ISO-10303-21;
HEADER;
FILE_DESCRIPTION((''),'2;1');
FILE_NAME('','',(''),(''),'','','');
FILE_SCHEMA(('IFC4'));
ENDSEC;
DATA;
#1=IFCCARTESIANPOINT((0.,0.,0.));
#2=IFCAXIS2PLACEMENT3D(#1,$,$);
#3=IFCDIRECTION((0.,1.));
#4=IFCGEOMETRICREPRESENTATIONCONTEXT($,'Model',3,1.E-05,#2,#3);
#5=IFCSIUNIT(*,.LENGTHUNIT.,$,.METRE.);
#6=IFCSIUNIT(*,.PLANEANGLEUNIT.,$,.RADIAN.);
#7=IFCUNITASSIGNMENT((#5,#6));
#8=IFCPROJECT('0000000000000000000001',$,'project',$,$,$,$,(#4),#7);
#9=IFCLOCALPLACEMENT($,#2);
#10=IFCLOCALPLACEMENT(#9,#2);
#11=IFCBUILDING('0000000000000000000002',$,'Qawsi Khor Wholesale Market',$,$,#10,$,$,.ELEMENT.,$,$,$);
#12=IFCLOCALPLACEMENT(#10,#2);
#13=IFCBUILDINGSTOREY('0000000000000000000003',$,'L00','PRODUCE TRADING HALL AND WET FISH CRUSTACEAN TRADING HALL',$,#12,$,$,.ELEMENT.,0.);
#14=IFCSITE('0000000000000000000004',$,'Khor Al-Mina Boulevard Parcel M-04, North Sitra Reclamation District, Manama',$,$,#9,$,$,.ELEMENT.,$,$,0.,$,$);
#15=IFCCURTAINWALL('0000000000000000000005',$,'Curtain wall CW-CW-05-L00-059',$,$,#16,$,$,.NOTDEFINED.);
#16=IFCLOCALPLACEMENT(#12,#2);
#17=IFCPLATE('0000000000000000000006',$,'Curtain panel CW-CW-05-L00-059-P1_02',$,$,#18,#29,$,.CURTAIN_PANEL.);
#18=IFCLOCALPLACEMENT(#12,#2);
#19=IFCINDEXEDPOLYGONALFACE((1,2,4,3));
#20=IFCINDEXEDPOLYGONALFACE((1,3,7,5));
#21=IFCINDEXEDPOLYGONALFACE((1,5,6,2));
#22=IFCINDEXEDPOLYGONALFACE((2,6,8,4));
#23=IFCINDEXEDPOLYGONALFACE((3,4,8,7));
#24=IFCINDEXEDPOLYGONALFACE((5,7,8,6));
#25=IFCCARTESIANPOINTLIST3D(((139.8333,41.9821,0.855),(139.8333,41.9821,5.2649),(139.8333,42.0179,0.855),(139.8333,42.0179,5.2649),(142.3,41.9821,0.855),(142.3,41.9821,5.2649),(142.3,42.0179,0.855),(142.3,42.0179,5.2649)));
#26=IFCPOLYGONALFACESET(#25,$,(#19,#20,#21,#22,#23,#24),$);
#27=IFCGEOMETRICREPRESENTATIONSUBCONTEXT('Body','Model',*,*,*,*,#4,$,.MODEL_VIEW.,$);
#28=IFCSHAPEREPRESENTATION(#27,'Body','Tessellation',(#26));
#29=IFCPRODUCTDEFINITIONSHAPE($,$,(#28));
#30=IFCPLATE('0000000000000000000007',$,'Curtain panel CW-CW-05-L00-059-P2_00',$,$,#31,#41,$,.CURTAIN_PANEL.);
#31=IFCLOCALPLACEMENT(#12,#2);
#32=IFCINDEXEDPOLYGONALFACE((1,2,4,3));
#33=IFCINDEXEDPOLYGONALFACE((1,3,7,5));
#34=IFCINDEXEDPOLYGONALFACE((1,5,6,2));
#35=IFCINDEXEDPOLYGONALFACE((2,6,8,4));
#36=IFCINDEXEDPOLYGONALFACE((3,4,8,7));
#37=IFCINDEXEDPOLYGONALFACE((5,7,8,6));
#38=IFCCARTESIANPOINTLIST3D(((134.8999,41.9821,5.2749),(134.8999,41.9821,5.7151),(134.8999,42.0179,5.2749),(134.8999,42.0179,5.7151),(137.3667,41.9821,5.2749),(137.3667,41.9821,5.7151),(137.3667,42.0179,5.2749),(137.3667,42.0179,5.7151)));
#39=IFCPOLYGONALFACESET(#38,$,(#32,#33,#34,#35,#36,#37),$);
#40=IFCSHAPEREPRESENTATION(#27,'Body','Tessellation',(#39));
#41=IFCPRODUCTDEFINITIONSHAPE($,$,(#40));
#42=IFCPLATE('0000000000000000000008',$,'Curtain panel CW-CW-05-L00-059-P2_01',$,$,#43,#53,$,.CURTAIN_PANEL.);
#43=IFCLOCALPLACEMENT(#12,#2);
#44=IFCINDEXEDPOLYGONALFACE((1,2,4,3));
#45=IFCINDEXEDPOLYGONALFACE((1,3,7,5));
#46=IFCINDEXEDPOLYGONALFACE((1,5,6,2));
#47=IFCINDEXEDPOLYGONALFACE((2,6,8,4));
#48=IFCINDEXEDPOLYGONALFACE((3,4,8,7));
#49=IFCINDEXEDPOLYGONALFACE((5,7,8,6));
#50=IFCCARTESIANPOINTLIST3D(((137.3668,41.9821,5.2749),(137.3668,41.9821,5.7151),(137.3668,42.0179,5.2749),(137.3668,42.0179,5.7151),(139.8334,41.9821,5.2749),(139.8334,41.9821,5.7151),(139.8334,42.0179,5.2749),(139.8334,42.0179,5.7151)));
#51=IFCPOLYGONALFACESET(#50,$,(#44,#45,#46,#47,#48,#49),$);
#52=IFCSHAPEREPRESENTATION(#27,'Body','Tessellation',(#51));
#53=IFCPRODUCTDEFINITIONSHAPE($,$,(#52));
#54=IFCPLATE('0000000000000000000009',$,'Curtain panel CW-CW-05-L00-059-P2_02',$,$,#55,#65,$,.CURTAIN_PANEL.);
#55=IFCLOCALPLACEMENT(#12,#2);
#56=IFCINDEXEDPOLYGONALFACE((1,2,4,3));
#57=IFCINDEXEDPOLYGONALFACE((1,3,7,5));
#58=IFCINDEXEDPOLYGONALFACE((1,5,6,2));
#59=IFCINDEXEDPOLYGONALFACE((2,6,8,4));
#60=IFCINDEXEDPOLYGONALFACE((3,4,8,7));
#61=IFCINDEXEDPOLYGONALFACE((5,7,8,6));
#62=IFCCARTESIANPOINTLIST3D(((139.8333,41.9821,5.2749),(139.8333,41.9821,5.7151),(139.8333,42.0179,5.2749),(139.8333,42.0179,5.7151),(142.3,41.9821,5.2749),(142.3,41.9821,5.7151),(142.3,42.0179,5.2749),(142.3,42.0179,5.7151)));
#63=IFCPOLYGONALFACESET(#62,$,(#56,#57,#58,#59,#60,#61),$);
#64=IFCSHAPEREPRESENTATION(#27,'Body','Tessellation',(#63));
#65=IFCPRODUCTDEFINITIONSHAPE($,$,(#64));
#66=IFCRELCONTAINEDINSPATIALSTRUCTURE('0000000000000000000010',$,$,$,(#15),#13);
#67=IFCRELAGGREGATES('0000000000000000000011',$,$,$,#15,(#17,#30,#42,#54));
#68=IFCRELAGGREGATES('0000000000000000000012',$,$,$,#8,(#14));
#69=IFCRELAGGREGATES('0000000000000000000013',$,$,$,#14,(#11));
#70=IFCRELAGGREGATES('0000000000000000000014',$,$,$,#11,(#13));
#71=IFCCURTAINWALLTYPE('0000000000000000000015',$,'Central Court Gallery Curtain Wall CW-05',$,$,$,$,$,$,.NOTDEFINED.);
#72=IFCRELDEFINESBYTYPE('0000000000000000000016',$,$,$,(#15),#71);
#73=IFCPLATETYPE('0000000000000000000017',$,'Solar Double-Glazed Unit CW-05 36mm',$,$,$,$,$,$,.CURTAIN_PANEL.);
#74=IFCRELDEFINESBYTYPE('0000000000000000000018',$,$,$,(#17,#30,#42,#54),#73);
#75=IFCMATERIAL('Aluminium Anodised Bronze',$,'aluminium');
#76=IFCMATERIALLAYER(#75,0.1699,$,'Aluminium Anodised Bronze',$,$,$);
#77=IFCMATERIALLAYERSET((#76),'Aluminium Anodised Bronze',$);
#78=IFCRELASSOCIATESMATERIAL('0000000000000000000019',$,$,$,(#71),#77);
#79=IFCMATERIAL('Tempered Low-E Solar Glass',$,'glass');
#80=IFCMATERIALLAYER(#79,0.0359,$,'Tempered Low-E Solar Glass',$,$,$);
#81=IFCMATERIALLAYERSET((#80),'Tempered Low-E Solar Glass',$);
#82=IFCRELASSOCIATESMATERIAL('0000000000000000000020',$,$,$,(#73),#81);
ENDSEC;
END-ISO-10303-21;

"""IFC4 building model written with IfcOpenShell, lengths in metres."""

from ifc_helpers import new_model, si_unit, direction, frame, frame_2d, origin, place, context, subcontext, project, spatial, rectangle, extrude, material, layer, layer_set, type_object, element, aggregate, save


model = new_model("IFC4")

# Units and contexts
model_context = context("Model", 3, precision=1e-05, world=origin(), true_north=direction((0.0, 1.0)))
body_context = subcontext(model_context, "Body", "Model", "MODEL_VIEW")
ifc_project = project(units=[si_unit("LENGTHUNIT", "METRE"), si_unit("PLANEANGLEUNIT", "RADIAN")], contexts=[model_context])

# Site, building, storey
site_placement = place(None, origin())
site = spatial("IfcSite", under=ifc_project, at=site_placement, Name="Khor Al-Mina Boulevard Parcel M-04, North Sitra Reclamation District, Manama", CompositionType="ELEMENT", RefElevation=0.0)
building_placement = place(site_placement, origin())
building = spatial("IfcBuilding", under=site, at=building_placement, Name="Qawsi Khor Wholesale Market", CompositionType="ELEMENT")
storey_placement = place(building_placement, origin())
storey = spatial("IfcBuildingStorey", under=building, at=storey_placement, Name="L00", Description="PRODUCE TRADING HALL AND WET FISH CRUSTACEAN TRADING HALL", CompositionType="ELEMENT", Elevation=0.0)

# Shared definitions
ifc_material_1 = material(Name="Aluminium Anodised Bronze", Category="aluminium")
ifc_layer_1 = layer(ifc_material_1, 0.1699, Name="Aluminium Anodised Bronze")
ifc_layer_set_1 = layer_set([ifc_layer_1], Name="Aluminium Anodised Bronze")
curtain_wall_type = type_object("IfcCurtainWallType", Name="Central Court Gallery Curtain Wall CW-05", PredefinedType="NOTDEFINED", material=ifc_layer_set_1)

# Curtain wall, plates
curtain_wall_1_placement = place(storey_placement, origin())
curtain_wall_1 = element("IfcCurtainWall", 1, at=curtain_wall_1_placement, inside=storey, type_object=curtain_wall_type, Name="Curtain wall CW-CW-05-L00-059", PredefinedType="NOTDEFINED")
ifc_material_2 = material(Name="Tempered Low-E Solar Glass", Category="glass")
ifc_layer_2 = layer(ifc_material_2, 0.0359, Name="Tempered Low-E Solar Glass")
ifc_layer_set_2 = layer_set([ifc_layer_2], Name="Tempered Low-E Solar Glass")
plate_type_1 = type_object("IfcPlateType", Name="Solar Double-Glazed Unit CW-05 36mm", PredefinedType="CURTAIN_PANEL", material=ifc_layer_set_2)
plate_1_placement = place(storey_placement, frame((139.8333, 42.0, 0.855), z_axis=(0.0, 0.0, 1.0), x_axis=(1.0, 0.0, 0.0)))
plate_1 = element("IfcPlate", 2, at=plate_1_placement, type_object=plate_type_1, Name="Curtain panel CW-CW-05-L00-059-P1_02", PredefinedType="CURTAIN_PANEL", context=body_context, shape_type="SweptSolid", body=[
    extrude(rectangle(XDim=2.4668, YDim=0.0359, at=frame_2d((1.2334, 0.0))), origin(), (0.0, 0.0, 1.0), 4.4099),
])
plate_2_placement = place(storey_placement, frame((134.8999, 42.0, 5.2749), z_axis=(0.0, 0.0, 1.0), x_axis=(1.0, 0.0, 0.0)))
plate_2 = element("IfcPlate", 3, at=plate_2_placement, type_object=plate_type_1, Name="Curtain panel CW-CW-05-L00-059-P2_00", PredefinedType="CURTAIN_PANEL", context=body_context, shape_type="SweptSolid", body=[
    extrude(rectangle(XDim=2.4668, YDim=0.0359, at=frame_2d((1.2334, 0.0))), origin(), (0.0, 0.0, 1.0), 0.4402),
])
plate_3_placement = place(storey_placement, frame((137.3667, 42.0, 5.2749), z_axis=(0.0, 0.0, 1.0), x_axis=(1.0, 0.0, 0.0)))
plate_3 = element("IfcPlate", 4, at=plate_3_placement, type_object=plate_type_1, Name="Curtain panel CW-CW-05-L00-059-P2_01", PredefinedType="CURTAIN_PANEL", context=body_context, shape_type="SweptSolid", body=[
    extrude(rectangle(XDim=2.4666, YDim=0.0359, at=frame_2d((1.2334, 0.0))), origin(), (0.0, 0.0, 1.0), 0.4402),
])
plate_4_placement = place(storey_placement, frame((139.8333, 42.0, 5.2749), z_axis=(0.0, 0.0, 1.0), x_axis=(1.0, 0.0, 0.0)))
plate_4 = element("IfcPlate", 5, at=plate_4_placement, type_object=plate_type_1, Name="Curtain panel CW-CW-05-L00-059-P2_02", PredefinedType="CURTAIN_PANEL", context=body_context, shape_type="SweptSolid", body=[
    extrude(rectangle(XDim=2.4668, YDim=0.0359, at=frame_2d((1.2334, 0.0))), origin(), (0.0, 0.0, 1.0), 0.4402),
])
aggregate(curtain_wall_1, [plate_1, plate_2, plate_3, plate_4])

save(model, "model.ifc")
